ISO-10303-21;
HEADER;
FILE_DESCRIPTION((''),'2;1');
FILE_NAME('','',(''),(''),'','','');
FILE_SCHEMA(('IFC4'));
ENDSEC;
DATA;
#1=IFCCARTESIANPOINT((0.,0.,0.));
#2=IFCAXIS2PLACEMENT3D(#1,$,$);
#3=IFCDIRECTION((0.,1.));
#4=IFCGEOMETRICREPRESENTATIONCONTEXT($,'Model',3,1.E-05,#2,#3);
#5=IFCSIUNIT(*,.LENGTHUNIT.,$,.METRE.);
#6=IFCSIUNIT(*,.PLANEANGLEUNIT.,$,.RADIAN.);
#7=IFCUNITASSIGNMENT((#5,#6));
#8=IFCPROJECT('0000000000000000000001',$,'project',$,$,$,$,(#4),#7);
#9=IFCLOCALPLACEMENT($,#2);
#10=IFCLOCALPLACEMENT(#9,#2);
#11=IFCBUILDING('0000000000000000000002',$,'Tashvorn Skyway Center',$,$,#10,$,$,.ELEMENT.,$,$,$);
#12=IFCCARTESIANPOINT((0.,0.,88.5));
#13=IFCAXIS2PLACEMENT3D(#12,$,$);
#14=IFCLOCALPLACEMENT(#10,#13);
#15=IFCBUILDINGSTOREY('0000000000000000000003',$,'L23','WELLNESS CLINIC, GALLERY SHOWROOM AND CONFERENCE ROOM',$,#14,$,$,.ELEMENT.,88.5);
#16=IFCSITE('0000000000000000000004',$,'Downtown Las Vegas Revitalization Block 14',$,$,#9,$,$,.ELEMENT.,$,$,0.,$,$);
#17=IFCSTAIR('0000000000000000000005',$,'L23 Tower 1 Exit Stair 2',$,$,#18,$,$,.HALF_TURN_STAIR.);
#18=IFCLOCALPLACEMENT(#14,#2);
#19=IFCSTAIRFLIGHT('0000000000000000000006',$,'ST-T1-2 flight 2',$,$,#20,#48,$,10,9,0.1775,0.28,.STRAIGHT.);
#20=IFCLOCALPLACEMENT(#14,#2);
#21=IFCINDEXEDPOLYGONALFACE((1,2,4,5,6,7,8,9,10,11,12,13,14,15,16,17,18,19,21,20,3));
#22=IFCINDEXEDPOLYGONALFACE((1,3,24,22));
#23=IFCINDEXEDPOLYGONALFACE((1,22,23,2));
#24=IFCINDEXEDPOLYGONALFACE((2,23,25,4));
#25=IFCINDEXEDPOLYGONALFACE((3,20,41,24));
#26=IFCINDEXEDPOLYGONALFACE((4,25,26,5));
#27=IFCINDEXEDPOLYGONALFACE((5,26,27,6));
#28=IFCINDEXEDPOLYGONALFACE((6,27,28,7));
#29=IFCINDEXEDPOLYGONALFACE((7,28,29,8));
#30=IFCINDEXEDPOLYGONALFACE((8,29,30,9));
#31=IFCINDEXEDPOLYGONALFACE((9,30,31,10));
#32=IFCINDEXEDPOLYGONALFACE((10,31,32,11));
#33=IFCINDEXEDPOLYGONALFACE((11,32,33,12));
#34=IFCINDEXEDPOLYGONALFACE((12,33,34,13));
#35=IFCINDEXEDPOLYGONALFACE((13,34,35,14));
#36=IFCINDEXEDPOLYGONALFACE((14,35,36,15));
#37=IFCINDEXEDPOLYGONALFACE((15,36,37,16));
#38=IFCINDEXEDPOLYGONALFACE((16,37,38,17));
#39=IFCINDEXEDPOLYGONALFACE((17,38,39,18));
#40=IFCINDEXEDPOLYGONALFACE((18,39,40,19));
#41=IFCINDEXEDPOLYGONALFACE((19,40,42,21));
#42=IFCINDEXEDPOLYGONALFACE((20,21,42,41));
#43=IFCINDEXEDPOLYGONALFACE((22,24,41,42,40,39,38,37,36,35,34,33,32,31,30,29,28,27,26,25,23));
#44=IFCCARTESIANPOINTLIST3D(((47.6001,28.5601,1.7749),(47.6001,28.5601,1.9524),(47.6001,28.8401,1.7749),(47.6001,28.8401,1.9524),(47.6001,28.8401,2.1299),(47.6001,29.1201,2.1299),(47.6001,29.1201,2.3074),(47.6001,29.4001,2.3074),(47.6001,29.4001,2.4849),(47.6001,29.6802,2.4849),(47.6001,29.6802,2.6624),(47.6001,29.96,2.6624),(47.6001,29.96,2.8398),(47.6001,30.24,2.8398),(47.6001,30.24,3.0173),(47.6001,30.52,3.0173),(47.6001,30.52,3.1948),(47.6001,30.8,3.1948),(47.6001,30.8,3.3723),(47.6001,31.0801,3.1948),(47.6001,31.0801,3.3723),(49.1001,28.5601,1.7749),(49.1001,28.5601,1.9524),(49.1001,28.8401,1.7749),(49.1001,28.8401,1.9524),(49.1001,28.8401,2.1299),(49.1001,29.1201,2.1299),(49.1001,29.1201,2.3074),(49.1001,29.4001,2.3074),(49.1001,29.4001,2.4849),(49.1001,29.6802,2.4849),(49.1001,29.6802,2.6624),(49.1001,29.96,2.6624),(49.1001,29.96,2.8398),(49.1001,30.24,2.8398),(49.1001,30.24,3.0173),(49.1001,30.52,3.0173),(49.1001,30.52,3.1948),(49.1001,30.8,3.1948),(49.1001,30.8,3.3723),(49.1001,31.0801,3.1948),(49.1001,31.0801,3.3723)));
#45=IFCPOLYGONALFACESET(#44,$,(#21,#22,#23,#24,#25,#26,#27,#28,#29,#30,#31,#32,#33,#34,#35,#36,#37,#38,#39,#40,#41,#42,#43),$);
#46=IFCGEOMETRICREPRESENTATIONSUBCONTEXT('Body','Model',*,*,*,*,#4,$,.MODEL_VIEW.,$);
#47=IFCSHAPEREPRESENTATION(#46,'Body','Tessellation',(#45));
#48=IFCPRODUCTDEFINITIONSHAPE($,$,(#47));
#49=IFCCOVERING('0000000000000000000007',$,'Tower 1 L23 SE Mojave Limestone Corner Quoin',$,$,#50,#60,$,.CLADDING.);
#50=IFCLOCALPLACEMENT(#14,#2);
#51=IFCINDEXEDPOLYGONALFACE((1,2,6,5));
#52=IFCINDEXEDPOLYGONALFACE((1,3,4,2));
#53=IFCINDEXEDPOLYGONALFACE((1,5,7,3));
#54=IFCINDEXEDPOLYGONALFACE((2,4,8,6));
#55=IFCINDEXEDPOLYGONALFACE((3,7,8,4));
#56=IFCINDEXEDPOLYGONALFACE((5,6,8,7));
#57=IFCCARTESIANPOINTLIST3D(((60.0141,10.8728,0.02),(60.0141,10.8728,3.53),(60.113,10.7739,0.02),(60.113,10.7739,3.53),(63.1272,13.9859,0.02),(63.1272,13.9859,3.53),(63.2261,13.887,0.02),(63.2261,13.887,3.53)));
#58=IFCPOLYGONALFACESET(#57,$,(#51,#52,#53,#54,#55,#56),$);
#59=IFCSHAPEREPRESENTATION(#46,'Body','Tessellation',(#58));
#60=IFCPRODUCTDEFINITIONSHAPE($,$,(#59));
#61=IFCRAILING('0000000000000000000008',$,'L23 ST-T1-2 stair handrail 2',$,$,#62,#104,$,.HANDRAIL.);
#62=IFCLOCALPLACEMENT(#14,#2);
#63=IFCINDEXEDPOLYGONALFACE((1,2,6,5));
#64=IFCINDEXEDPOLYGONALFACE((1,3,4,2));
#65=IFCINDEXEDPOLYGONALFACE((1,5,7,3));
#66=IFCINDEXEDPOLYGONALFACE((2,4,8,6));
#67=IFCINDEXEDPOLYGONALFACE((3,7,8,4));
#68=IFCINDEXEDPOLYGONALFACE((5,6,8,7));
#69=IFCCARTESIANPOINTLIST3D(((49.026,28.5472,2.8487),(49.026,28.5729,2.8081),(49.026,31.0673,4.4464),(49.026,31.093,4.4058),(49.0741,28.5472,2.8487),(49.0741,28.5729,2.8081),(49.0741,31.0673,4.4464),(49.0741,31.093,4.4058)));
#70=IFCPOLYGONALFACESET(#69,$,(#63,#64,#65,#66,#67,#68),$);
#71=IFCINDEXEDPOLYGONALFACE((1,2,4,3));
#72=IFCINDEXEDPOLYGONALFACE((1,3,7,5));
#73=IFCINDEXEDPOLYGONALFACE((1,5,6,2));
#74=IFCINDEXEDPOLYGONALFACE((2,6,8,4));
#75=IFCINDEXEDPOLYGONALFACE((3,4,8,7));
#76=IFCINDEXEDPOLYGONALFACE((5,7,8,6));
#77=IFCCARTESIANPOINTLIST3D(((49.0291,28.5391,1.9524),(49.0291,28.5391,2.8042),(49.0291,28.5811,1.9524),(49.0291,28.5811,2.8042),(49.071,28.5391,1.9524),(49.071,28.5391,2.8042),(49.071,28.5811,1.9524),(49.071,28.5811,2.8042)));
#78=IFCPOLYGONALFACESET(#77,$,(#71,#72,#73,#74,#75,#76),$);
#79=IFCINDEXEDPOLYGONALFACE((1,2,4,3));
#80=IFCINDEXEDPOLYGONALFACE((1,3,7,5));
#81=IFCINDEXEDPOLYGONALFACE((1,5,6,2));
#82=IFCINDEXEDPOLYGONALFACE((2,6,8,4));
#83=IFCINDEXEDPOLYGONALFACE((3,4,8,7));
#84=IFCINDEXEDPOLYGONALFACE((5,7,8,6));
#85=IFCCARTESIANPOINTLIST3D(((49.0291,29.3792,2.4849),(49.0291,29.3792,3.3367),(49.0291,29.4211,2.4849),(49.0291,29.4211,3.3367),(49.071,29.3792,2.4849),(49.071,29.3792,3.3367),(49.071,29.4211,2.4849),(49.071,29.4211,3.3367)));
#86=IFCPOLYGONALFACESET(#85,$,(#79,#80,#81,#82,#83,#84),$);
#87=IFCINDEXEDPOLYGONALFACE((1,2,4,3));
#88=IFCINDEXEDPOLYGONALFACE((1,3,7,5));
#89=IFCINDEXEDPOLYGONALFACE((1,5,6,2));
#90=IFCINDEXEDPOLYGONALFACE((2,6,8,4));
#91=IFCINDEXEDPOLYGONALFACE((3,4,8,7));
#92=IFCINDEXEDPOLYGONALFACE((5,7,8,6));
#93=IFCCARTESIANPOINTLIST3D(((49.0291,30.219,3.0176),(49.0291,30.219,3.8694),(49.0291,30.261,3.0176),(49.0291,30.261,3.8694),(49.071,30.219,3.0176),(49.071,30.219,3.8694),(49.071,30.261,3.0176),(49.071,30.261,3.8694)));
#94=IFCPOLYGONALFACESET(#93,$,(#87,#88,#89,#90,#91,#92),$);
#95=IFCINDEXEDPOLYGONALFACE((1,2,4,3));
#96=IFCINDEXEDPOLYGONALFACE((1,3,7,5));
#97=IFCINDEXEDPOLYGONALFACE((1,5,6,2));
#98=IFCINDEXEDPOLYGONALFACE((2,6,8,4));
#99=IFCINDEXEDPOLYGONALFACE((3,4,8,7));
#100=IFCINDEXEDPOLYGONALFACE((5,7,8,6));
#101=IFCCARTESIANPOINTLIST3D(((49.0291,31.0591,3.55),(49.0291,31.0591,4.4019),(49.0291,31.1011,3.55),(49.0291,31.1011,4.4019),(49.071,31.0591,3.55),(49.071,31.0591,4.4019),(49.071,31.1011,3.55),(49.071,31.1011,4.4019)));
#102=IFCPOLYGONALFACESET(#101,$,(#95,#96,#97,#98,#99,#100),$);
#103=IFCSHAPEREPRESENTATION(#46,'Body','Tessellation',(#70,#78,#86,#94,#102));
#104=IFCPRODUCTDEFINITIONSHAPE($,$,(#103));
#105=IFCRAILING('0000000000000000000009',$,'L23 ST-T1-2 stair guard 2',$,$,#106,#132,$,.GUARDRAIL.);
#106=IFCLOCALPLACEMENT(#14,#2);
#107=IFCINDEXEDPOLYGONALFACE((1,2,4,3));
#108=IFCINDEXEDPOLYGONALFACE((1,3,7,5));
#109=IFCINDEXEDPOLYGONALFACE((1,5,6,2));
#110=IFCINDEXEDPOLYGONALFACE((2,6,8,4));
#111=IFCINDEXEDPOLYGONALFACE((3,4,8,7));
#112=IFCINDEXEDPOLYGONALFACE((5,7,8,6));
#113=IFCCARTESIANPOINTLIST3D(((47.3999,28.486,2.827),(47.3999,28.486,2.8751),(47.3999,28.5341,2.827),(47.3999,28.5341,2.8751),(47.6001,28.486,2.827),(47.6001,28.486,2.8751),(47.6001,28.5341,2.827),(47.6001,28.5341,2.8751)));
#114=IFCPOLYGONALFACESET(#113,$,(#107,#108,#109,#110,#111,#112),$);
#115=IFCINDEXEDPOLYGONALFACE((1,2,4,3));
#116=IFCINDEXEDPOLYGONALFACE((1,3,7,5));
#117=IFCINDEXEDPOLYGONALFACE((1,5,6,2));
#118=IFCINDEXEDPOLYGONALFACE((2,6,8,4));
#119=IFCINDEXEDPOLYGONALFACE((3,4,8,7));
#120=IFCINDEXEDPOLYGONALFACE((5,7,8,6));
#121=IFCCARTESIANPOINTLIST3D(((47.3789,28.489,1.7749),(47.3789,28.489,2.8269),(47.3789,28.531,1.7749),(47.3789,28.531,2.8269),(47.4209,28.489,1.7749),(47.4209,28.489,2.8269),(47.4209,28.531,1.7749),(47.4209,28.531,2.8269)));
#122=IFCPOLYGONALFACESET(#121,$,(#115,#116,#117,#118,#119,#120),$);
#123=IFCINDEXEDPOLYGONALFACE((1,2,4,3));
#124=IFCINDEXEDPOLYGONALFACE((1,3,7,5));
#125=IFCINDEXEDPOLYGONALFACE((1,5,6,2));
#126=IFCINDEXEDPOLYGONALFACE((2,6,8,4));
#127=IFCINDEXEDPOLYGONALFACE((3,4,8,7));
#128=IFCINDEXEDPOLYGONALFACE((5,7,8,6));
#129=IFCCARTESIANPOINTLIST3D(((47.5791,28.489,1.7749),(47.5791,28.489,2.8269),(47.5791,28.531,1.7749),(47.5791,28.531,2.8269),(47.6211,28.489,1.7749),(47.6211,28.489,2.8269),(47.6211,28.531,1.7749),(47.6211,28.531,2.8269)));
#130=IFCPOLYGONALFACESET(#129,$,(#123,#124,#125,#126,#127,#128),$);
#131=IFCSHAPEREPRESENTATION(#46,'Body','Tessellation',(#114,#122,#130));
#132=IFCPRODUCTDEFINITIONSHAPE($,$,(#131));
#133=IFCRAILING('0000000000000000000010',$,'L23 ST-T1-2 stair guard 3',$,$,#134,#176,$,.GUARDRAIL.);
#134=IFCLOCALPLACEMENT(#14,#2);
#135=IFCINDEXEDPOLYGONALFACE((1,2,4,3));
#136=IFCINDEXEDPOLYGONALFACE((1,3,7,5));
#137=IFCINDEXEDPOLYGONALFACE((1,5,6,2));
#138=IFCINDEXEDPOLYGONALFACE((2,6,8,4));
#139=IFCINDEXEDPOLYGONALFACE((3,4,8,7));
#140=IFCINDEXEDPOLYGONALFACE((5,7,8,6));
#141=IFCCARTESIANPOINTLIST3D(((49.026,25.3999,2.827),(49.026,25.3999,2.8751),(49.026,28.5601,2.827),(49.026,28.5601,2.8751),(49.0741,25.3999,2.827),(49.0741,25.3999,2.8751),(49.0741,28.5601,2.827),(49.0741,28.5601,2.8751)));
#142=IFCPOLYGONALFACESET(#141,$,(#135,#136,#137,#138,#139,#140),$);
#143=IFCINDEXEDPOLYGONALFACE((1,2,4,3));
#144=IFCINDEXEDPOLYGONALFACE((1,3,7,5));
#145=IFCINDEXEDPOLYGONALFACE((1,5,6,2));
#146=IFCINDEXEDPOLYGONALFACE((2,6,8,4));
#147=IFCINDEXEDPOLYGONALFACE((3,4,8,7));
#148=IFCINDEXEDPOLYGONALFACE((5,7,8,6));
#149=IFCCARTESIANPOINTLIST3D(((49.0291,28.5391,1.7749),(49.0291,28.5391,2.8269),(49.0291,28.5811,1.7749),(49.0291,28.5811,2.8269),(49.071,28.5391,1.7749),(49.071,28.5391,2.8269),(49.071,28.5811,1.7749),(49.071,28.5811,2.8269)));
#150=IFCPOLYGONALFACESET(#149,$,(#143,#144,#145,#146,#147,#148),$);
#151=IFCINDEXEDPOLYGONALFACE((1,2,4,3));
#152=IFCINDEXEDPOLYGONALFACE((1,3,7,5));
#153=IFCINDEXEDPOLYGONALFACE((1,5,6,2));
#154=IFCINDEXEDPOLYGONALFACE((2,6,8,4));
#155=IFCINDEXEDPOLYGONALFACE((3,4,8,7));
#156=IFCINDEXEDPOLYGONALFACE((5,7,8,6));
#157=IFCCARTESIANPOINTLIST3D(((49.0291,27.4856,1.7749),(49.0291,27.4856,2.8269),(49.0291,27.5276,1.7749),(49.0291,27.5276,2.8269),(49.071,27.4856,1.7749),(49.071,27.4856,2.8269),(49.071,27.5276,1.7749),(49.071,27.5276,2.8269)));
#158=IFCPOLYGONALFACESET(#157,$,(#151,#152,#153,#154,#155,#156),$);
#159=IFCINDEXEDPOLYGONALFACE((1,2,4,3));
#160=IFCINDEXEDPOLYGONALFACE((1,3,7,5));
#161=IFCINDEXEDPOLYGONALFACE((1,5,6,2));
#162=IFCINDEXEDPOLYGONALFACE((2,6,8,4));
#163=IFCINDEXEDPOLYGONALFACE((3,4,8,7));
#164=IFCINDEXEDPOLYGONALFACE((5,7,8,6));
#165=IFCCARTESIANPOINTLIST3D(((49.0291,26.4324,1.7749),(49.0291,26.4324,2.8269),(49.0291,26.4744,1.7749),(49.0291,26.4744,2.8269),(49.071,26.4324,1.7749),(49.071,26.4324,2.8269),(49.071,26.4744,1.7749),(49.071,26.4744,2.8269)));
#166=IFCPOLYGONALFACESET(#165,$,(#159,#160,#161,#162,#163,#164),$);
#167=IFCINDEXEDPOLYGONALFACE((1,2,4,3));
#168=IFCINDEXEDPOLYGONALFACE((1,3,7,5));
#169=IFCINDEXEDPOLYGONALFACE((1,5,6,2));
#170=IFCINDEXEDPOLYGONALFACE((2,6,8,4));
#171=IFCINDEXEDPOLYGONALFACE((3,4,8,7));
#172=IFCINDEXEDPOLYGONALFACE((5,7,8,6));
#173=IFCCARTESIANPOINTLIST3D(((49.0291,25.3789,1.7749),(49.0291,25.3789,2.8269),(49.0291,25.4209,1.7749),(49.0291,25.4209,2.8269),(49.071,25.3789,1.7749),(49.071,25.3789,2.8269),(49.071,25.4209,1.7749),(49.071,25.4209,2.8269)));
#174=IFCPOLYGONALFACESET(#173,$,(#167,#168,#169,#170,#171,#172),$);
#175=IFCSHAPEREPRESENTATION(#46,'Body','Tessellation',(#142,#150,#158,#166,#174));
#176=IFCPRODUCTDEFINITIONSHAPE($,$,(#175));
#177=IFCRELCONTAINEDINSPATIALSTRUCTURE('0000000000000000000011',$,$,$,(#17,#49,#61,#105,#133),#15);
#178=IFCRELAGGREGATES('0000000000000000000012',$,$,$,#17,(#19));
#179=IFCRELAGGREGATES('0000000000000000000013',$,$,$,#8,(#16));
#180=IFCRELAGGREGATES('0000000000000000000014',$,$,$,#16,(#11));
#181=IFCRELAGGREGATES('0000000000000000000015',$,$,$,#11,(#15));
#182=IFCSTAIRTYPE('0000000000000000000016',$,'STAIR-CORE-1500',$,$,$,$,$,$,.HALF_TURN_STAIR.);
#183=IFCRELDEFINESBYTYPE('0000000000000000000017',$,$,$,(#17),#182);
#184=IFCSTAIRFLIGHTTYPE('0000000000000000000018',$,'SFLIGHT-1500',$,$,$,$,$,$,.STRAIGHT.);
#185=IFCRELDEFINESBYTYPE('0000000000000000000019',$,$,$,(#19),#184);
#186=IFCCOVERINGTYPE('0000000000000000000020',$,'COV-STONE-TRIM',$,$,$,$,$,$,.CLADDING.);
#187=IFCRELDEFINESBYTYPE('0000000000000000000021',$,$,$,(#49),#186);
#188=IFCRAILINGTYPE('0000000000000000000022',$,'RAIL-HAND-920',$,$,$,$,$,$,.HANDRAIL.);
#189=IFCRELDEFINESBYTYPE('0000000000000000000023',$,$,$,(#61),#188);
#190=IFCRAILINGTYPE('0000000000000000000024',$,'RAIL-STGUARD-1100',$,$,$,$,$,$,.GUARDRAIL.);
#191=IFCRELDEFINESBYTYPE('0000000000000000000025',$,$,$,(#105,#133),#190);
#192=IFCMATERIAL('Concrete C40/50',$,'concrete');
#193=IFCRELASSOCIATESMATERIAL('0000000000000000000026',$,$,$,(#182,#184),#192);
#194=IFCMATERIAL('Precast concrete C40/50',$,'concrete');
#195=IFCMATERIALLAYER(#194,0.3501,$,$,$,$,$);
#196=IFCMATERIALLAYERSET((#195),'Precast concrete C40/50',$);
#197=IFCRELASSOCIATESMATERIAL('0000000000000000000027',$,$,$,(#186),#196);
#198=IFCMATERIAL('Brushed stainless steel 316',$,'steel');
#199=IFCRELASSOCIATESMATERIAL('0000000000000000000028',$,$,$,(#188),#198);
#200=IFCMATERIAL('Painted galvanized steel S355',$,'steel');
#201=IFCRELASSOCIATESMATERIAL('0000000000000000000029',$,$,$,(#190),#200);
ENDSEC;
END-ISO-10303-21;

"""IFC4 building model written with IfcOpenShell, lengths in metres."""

from ifc_helpers import new_model, si_unit, direction, frame, origin, origin_2d, place, context, subcontext, project, spatial, polyline, rectangle, outline, extrude, material, layer, layer_set, type_object, element, aggregate, save


model = new_model("IFC4")

# Units and contexts
model_context = context("Model", 3, precision=1e-05, world=origin(), true_north=direction((0.0, 1.0)))
body_context = subcontext(model_context, "Body", "Model", "MODEL_VIEW")
ifc_project = project(units=[si_unit("LENGTHUNIT", "METRE"), si_unit("PLANEANGLEUNIT", "RADIAN")], contexts=[model_context])

# Site, building, storey
site_placement = place(None, origin())
site = spatial("IfcSite", under=ifc_project, at=site_placement, Name="Downtown Las Vegas Revitalization Block 14", CompositionType="ELEMENT", RefElevation=0.0)
building_placement = place(site_placement, origin())
building = spatial("IfcBuilding", under=site, at=building_placement, Name="Tashvorn Skyway Center", CompositionType="ELEMENT")
storey_placement = place(building_placement, frame((0.0, 0.0, 88.5)))
storey = spatial("IfcBuildingStorey", under=building, at=storey_placement, Name="L23", Description="WELLNESS CLINIC, GALLERY SHOWROOM AND CONFERENCE ROOM", CompositionType="ELEMENT", Elevation=88.5)

# Stair, stair flight
ifc_material_1 = material(Name="Concrete C40/50", Category="concrete")
stair_type = type_object("IfcStairType", Name="STAIR-CORE-1500", PredefinedType="HALF_TURN_STAIR", material=ifc_material_1)
stair_placement = place(storey_placement, origin())
stair = element("IfcStair", 1, at=stair_placement, inside=storey, type_object=stair_type, Name="L23 Tower 1 Exit Stair 2", PredefinedType="HALF_TURN_STAIR")
stair_flight_type = type_object("IfcStairFlightType", Name="SFLIGHT-1500", PredefinedType="STRAIGHT", material=ifc_material_1)
stair_flight_placement = place(storey_placement, frame((48.3501, 28.5601, 1.7749), z_axis=(0.0, 0.0, 1.0), x_axis=(0.0, 1.0, 0.0)))
stair_flight = element("IfcStairFlight", 2, at=stair_flight_placement, type_object=stair_flight_type, Name="ST-T1-2 flight 2", NumberOfRisers=10, NumberOfTreads=9, PredefinedType="STRAIGHT", RiserHeight=0.1775, TreadLength=0.28, context=body_context, shape_type="SweptSolid", body=[
    extrude(outline(polyline([(0.0, 0.0), (0.0, 0.1775), (0.28, 0.1775), (0.28, 0.355), (0.5601, 0.355), (0.5601, 0.5325), (0.8401, 0.5325), (0.8401, 0.71), (1.1201, 0.71), (1.1201, 0.8875), (1.3999, 0.8875), (1.3999, 1.0649), (1.6799, 1.0649), (1.6799, 1.2424), (1.96, 1.2424), (1.96, 1.4199), (2.24, 1.4199), (2.24, 1.5974), (2.52, 1.5974), (2.52, 1.7749), (2.52, 1.4199), (0.28, 0.0), (0.0, 0.0)])), frame((0.0, 0.75, 0.0), z_axis=(0.0, -1.0, 0.0), x_axis=(1.0, 0.0, 0.0)), (0.0, 0.0, 1.0), 1.5),
])
aggregate(stair, [stair_flight])

# Covering
ifc_material_2 = material(Name="Precast concrete C40/50", Category="concrete")
ifc_layer_1 = layer(ifc_material_2, 0.3501)
ifc_layer_set_1 = layer_set([ifc_layer_1], Name="Precast concrete C40/50")
covering_type = type_object("IfcCoveringType", Name="COV-STONE-TRIM", PredefinedType="CLADDING", material=ifc_layer_set_1)
covering_placement = place(storey_placement, frame((61.6201, 12.3799, 0.02), z_axis=(0.0, 0.0, 1.0), x_axis=(0.707107, 0.707107, 0.0)))
element("IfcCovering", 3, at=covering_placement, inside=storey, type_object=covering_type, Name="Tower 1 L23 SE Mojave Limestone Corner Quoin", PredefinedType="CLADDING", context=body_context, shape_type="SweptSolid", body=[
    extrude(rectangle(XDim=4.4026, YDim=0.1399, at=origin_2d()), origin(), (0.0, 0.0, 1.0), 3.51),
])

# Railings
ifc_material_3 = material(Name="Brushed stainless steel 316", Category="steel")
railing_type_1 = type_object("IfcRailingType", Name="RAIL-HAND-920", PredefinedType="HANDRAIL", material=ifc_material_3)
railing_1_placement = place(storey_placement, frame((49.05, 28.5601, 1.9524)))
element("IfcRailing", 4, at=railing_1_placement, inside=storey, type_object=railing_type_1, Name="L23 ST-T1-2 stair handrail 2", PredefinedType="HANDRAIL", context=body_context, shape_type="SweptSolid", body=[
    extrude(rectangle(XDim=0.0481, YDim=0.0481, at=origin_2d()), frame((0.0, 0.0, 0.876), z_axis=(0.0, 0.84457, 0.535445), x_axis=(-1.0, 0.0, 0.0)), (0.0, 0.0, 1.0), 2.9839),
    extrude(rectangle(XDim=0.042, YDim=0.042, at=origin_2d()), origin(), (0.0, 0.0, 1.0), 0.8518),
    extrude(rectangle(XDim=0.042, YDim=0.042, at=origin_2d()), frame((0.0, 0.8401, 0.5325)), (0.0, 0.0, 1.0), 0.8518),
    extrude(rectangle(XDim=0.042, YDim=0.042, at=origin_2d()), frame((0.0, 1.6799, 1.0652)), (0.0, 0.0, 1.0), 0.8518),
    extrude(rectangle(XDim=0.042, YDim=0.042, at=origin_2d()), frame((0.0, 2.52, 1.5977)), (0.0, 0.0, 1.0), 0.8518),
])
ifc_material_4 = material(Name="Painted galvanized steel S355", Category="steel")
railing_type_2 = type_object("IfcRailingType", Name="RAIL-STGUARD-1100", PredefinedType="GUARDRAIL", material=ifc_material_4)
railing_2_placement = place(storey_placement, frame((47.3999, 28.51, 1.7749)))
element("IfcRailing", 5, at=railing_2_placement, inside=storey, type_object=railing_type_2, Name="L23 ST-T1-2 stair guard 2", PredefinedType="GUARDRAIL", context=body_context, shape_type="SweptSolid", body=[
    extrude(rectangle(XDim=0.0481, YDim=0.0481, at=origin_2d()), frame((0.0, 0.0, 1.0762), z_axis=(1.0, 0.0, 0.0), x_axis=(0.0, 1.0, 0.0)), (0.0, 0.0, 1.0), 0.2002),
    extrude(rectangle(XDim=0.042, YDim=0.042, at=origin_2d()), origin(), (0.0, 0.0, 1.0), 1.052),
    extrude(rectangle(XDim=0.042, YDim=0.042, at=origin_2d()), frame((0.2002, 0.0, 0.0)), (0.0, 0.0, 1.0), 1.052),
])
railing_3_placement = place(storey_placement, frame((49.05, 28.5601, 1.7749)))
element("IfcRailing", 6, at=railing_3_placement, inside=storey, type_object=railing_type_2, Name="L23 ST-T1-2 stair guard 3", PredefinedType="GUARDRAIL", context=body_context, shape_type="SweptSolid", body=[
    extrude(rectangle(XDim=0.0481, YDim=0.0481, at=origin_2d()), frame((0.0, 0.0, 1.0762), z_axis=(0.0, -1.0, 0.0), x_axis=(1.0, 0.0, 0.0)), (0.0, 0.0, 1.0), 3.1602),
    extrude(rectangle(XDim=0.042, YDim=0.042, at=origin_2d()), origin(), (0.0, 0.0, 1.0), 1.052),
    extrude(rectangle(XDim=0.042, YDim=0.042, at=origin_2d()), frame((0.0, -1.0535, 0.0)), (0.0, 0.0, 1.0), 1.052),
    extrude(rectangle(XDim=0.042, YDim=0.042, at=origin_2d()), frame((0.0, -2.1067, 0.0)), (0.0, 0.0, 1.0), 1.052),
    extrude(rectangle(XDim=0.042, YDim=0.042, at=origin_2d()), frame((0.0, -3.1602, 0.0)), (0.0, 0.0, 1.0), 1.052),
])

save(model, "model.ifc")
